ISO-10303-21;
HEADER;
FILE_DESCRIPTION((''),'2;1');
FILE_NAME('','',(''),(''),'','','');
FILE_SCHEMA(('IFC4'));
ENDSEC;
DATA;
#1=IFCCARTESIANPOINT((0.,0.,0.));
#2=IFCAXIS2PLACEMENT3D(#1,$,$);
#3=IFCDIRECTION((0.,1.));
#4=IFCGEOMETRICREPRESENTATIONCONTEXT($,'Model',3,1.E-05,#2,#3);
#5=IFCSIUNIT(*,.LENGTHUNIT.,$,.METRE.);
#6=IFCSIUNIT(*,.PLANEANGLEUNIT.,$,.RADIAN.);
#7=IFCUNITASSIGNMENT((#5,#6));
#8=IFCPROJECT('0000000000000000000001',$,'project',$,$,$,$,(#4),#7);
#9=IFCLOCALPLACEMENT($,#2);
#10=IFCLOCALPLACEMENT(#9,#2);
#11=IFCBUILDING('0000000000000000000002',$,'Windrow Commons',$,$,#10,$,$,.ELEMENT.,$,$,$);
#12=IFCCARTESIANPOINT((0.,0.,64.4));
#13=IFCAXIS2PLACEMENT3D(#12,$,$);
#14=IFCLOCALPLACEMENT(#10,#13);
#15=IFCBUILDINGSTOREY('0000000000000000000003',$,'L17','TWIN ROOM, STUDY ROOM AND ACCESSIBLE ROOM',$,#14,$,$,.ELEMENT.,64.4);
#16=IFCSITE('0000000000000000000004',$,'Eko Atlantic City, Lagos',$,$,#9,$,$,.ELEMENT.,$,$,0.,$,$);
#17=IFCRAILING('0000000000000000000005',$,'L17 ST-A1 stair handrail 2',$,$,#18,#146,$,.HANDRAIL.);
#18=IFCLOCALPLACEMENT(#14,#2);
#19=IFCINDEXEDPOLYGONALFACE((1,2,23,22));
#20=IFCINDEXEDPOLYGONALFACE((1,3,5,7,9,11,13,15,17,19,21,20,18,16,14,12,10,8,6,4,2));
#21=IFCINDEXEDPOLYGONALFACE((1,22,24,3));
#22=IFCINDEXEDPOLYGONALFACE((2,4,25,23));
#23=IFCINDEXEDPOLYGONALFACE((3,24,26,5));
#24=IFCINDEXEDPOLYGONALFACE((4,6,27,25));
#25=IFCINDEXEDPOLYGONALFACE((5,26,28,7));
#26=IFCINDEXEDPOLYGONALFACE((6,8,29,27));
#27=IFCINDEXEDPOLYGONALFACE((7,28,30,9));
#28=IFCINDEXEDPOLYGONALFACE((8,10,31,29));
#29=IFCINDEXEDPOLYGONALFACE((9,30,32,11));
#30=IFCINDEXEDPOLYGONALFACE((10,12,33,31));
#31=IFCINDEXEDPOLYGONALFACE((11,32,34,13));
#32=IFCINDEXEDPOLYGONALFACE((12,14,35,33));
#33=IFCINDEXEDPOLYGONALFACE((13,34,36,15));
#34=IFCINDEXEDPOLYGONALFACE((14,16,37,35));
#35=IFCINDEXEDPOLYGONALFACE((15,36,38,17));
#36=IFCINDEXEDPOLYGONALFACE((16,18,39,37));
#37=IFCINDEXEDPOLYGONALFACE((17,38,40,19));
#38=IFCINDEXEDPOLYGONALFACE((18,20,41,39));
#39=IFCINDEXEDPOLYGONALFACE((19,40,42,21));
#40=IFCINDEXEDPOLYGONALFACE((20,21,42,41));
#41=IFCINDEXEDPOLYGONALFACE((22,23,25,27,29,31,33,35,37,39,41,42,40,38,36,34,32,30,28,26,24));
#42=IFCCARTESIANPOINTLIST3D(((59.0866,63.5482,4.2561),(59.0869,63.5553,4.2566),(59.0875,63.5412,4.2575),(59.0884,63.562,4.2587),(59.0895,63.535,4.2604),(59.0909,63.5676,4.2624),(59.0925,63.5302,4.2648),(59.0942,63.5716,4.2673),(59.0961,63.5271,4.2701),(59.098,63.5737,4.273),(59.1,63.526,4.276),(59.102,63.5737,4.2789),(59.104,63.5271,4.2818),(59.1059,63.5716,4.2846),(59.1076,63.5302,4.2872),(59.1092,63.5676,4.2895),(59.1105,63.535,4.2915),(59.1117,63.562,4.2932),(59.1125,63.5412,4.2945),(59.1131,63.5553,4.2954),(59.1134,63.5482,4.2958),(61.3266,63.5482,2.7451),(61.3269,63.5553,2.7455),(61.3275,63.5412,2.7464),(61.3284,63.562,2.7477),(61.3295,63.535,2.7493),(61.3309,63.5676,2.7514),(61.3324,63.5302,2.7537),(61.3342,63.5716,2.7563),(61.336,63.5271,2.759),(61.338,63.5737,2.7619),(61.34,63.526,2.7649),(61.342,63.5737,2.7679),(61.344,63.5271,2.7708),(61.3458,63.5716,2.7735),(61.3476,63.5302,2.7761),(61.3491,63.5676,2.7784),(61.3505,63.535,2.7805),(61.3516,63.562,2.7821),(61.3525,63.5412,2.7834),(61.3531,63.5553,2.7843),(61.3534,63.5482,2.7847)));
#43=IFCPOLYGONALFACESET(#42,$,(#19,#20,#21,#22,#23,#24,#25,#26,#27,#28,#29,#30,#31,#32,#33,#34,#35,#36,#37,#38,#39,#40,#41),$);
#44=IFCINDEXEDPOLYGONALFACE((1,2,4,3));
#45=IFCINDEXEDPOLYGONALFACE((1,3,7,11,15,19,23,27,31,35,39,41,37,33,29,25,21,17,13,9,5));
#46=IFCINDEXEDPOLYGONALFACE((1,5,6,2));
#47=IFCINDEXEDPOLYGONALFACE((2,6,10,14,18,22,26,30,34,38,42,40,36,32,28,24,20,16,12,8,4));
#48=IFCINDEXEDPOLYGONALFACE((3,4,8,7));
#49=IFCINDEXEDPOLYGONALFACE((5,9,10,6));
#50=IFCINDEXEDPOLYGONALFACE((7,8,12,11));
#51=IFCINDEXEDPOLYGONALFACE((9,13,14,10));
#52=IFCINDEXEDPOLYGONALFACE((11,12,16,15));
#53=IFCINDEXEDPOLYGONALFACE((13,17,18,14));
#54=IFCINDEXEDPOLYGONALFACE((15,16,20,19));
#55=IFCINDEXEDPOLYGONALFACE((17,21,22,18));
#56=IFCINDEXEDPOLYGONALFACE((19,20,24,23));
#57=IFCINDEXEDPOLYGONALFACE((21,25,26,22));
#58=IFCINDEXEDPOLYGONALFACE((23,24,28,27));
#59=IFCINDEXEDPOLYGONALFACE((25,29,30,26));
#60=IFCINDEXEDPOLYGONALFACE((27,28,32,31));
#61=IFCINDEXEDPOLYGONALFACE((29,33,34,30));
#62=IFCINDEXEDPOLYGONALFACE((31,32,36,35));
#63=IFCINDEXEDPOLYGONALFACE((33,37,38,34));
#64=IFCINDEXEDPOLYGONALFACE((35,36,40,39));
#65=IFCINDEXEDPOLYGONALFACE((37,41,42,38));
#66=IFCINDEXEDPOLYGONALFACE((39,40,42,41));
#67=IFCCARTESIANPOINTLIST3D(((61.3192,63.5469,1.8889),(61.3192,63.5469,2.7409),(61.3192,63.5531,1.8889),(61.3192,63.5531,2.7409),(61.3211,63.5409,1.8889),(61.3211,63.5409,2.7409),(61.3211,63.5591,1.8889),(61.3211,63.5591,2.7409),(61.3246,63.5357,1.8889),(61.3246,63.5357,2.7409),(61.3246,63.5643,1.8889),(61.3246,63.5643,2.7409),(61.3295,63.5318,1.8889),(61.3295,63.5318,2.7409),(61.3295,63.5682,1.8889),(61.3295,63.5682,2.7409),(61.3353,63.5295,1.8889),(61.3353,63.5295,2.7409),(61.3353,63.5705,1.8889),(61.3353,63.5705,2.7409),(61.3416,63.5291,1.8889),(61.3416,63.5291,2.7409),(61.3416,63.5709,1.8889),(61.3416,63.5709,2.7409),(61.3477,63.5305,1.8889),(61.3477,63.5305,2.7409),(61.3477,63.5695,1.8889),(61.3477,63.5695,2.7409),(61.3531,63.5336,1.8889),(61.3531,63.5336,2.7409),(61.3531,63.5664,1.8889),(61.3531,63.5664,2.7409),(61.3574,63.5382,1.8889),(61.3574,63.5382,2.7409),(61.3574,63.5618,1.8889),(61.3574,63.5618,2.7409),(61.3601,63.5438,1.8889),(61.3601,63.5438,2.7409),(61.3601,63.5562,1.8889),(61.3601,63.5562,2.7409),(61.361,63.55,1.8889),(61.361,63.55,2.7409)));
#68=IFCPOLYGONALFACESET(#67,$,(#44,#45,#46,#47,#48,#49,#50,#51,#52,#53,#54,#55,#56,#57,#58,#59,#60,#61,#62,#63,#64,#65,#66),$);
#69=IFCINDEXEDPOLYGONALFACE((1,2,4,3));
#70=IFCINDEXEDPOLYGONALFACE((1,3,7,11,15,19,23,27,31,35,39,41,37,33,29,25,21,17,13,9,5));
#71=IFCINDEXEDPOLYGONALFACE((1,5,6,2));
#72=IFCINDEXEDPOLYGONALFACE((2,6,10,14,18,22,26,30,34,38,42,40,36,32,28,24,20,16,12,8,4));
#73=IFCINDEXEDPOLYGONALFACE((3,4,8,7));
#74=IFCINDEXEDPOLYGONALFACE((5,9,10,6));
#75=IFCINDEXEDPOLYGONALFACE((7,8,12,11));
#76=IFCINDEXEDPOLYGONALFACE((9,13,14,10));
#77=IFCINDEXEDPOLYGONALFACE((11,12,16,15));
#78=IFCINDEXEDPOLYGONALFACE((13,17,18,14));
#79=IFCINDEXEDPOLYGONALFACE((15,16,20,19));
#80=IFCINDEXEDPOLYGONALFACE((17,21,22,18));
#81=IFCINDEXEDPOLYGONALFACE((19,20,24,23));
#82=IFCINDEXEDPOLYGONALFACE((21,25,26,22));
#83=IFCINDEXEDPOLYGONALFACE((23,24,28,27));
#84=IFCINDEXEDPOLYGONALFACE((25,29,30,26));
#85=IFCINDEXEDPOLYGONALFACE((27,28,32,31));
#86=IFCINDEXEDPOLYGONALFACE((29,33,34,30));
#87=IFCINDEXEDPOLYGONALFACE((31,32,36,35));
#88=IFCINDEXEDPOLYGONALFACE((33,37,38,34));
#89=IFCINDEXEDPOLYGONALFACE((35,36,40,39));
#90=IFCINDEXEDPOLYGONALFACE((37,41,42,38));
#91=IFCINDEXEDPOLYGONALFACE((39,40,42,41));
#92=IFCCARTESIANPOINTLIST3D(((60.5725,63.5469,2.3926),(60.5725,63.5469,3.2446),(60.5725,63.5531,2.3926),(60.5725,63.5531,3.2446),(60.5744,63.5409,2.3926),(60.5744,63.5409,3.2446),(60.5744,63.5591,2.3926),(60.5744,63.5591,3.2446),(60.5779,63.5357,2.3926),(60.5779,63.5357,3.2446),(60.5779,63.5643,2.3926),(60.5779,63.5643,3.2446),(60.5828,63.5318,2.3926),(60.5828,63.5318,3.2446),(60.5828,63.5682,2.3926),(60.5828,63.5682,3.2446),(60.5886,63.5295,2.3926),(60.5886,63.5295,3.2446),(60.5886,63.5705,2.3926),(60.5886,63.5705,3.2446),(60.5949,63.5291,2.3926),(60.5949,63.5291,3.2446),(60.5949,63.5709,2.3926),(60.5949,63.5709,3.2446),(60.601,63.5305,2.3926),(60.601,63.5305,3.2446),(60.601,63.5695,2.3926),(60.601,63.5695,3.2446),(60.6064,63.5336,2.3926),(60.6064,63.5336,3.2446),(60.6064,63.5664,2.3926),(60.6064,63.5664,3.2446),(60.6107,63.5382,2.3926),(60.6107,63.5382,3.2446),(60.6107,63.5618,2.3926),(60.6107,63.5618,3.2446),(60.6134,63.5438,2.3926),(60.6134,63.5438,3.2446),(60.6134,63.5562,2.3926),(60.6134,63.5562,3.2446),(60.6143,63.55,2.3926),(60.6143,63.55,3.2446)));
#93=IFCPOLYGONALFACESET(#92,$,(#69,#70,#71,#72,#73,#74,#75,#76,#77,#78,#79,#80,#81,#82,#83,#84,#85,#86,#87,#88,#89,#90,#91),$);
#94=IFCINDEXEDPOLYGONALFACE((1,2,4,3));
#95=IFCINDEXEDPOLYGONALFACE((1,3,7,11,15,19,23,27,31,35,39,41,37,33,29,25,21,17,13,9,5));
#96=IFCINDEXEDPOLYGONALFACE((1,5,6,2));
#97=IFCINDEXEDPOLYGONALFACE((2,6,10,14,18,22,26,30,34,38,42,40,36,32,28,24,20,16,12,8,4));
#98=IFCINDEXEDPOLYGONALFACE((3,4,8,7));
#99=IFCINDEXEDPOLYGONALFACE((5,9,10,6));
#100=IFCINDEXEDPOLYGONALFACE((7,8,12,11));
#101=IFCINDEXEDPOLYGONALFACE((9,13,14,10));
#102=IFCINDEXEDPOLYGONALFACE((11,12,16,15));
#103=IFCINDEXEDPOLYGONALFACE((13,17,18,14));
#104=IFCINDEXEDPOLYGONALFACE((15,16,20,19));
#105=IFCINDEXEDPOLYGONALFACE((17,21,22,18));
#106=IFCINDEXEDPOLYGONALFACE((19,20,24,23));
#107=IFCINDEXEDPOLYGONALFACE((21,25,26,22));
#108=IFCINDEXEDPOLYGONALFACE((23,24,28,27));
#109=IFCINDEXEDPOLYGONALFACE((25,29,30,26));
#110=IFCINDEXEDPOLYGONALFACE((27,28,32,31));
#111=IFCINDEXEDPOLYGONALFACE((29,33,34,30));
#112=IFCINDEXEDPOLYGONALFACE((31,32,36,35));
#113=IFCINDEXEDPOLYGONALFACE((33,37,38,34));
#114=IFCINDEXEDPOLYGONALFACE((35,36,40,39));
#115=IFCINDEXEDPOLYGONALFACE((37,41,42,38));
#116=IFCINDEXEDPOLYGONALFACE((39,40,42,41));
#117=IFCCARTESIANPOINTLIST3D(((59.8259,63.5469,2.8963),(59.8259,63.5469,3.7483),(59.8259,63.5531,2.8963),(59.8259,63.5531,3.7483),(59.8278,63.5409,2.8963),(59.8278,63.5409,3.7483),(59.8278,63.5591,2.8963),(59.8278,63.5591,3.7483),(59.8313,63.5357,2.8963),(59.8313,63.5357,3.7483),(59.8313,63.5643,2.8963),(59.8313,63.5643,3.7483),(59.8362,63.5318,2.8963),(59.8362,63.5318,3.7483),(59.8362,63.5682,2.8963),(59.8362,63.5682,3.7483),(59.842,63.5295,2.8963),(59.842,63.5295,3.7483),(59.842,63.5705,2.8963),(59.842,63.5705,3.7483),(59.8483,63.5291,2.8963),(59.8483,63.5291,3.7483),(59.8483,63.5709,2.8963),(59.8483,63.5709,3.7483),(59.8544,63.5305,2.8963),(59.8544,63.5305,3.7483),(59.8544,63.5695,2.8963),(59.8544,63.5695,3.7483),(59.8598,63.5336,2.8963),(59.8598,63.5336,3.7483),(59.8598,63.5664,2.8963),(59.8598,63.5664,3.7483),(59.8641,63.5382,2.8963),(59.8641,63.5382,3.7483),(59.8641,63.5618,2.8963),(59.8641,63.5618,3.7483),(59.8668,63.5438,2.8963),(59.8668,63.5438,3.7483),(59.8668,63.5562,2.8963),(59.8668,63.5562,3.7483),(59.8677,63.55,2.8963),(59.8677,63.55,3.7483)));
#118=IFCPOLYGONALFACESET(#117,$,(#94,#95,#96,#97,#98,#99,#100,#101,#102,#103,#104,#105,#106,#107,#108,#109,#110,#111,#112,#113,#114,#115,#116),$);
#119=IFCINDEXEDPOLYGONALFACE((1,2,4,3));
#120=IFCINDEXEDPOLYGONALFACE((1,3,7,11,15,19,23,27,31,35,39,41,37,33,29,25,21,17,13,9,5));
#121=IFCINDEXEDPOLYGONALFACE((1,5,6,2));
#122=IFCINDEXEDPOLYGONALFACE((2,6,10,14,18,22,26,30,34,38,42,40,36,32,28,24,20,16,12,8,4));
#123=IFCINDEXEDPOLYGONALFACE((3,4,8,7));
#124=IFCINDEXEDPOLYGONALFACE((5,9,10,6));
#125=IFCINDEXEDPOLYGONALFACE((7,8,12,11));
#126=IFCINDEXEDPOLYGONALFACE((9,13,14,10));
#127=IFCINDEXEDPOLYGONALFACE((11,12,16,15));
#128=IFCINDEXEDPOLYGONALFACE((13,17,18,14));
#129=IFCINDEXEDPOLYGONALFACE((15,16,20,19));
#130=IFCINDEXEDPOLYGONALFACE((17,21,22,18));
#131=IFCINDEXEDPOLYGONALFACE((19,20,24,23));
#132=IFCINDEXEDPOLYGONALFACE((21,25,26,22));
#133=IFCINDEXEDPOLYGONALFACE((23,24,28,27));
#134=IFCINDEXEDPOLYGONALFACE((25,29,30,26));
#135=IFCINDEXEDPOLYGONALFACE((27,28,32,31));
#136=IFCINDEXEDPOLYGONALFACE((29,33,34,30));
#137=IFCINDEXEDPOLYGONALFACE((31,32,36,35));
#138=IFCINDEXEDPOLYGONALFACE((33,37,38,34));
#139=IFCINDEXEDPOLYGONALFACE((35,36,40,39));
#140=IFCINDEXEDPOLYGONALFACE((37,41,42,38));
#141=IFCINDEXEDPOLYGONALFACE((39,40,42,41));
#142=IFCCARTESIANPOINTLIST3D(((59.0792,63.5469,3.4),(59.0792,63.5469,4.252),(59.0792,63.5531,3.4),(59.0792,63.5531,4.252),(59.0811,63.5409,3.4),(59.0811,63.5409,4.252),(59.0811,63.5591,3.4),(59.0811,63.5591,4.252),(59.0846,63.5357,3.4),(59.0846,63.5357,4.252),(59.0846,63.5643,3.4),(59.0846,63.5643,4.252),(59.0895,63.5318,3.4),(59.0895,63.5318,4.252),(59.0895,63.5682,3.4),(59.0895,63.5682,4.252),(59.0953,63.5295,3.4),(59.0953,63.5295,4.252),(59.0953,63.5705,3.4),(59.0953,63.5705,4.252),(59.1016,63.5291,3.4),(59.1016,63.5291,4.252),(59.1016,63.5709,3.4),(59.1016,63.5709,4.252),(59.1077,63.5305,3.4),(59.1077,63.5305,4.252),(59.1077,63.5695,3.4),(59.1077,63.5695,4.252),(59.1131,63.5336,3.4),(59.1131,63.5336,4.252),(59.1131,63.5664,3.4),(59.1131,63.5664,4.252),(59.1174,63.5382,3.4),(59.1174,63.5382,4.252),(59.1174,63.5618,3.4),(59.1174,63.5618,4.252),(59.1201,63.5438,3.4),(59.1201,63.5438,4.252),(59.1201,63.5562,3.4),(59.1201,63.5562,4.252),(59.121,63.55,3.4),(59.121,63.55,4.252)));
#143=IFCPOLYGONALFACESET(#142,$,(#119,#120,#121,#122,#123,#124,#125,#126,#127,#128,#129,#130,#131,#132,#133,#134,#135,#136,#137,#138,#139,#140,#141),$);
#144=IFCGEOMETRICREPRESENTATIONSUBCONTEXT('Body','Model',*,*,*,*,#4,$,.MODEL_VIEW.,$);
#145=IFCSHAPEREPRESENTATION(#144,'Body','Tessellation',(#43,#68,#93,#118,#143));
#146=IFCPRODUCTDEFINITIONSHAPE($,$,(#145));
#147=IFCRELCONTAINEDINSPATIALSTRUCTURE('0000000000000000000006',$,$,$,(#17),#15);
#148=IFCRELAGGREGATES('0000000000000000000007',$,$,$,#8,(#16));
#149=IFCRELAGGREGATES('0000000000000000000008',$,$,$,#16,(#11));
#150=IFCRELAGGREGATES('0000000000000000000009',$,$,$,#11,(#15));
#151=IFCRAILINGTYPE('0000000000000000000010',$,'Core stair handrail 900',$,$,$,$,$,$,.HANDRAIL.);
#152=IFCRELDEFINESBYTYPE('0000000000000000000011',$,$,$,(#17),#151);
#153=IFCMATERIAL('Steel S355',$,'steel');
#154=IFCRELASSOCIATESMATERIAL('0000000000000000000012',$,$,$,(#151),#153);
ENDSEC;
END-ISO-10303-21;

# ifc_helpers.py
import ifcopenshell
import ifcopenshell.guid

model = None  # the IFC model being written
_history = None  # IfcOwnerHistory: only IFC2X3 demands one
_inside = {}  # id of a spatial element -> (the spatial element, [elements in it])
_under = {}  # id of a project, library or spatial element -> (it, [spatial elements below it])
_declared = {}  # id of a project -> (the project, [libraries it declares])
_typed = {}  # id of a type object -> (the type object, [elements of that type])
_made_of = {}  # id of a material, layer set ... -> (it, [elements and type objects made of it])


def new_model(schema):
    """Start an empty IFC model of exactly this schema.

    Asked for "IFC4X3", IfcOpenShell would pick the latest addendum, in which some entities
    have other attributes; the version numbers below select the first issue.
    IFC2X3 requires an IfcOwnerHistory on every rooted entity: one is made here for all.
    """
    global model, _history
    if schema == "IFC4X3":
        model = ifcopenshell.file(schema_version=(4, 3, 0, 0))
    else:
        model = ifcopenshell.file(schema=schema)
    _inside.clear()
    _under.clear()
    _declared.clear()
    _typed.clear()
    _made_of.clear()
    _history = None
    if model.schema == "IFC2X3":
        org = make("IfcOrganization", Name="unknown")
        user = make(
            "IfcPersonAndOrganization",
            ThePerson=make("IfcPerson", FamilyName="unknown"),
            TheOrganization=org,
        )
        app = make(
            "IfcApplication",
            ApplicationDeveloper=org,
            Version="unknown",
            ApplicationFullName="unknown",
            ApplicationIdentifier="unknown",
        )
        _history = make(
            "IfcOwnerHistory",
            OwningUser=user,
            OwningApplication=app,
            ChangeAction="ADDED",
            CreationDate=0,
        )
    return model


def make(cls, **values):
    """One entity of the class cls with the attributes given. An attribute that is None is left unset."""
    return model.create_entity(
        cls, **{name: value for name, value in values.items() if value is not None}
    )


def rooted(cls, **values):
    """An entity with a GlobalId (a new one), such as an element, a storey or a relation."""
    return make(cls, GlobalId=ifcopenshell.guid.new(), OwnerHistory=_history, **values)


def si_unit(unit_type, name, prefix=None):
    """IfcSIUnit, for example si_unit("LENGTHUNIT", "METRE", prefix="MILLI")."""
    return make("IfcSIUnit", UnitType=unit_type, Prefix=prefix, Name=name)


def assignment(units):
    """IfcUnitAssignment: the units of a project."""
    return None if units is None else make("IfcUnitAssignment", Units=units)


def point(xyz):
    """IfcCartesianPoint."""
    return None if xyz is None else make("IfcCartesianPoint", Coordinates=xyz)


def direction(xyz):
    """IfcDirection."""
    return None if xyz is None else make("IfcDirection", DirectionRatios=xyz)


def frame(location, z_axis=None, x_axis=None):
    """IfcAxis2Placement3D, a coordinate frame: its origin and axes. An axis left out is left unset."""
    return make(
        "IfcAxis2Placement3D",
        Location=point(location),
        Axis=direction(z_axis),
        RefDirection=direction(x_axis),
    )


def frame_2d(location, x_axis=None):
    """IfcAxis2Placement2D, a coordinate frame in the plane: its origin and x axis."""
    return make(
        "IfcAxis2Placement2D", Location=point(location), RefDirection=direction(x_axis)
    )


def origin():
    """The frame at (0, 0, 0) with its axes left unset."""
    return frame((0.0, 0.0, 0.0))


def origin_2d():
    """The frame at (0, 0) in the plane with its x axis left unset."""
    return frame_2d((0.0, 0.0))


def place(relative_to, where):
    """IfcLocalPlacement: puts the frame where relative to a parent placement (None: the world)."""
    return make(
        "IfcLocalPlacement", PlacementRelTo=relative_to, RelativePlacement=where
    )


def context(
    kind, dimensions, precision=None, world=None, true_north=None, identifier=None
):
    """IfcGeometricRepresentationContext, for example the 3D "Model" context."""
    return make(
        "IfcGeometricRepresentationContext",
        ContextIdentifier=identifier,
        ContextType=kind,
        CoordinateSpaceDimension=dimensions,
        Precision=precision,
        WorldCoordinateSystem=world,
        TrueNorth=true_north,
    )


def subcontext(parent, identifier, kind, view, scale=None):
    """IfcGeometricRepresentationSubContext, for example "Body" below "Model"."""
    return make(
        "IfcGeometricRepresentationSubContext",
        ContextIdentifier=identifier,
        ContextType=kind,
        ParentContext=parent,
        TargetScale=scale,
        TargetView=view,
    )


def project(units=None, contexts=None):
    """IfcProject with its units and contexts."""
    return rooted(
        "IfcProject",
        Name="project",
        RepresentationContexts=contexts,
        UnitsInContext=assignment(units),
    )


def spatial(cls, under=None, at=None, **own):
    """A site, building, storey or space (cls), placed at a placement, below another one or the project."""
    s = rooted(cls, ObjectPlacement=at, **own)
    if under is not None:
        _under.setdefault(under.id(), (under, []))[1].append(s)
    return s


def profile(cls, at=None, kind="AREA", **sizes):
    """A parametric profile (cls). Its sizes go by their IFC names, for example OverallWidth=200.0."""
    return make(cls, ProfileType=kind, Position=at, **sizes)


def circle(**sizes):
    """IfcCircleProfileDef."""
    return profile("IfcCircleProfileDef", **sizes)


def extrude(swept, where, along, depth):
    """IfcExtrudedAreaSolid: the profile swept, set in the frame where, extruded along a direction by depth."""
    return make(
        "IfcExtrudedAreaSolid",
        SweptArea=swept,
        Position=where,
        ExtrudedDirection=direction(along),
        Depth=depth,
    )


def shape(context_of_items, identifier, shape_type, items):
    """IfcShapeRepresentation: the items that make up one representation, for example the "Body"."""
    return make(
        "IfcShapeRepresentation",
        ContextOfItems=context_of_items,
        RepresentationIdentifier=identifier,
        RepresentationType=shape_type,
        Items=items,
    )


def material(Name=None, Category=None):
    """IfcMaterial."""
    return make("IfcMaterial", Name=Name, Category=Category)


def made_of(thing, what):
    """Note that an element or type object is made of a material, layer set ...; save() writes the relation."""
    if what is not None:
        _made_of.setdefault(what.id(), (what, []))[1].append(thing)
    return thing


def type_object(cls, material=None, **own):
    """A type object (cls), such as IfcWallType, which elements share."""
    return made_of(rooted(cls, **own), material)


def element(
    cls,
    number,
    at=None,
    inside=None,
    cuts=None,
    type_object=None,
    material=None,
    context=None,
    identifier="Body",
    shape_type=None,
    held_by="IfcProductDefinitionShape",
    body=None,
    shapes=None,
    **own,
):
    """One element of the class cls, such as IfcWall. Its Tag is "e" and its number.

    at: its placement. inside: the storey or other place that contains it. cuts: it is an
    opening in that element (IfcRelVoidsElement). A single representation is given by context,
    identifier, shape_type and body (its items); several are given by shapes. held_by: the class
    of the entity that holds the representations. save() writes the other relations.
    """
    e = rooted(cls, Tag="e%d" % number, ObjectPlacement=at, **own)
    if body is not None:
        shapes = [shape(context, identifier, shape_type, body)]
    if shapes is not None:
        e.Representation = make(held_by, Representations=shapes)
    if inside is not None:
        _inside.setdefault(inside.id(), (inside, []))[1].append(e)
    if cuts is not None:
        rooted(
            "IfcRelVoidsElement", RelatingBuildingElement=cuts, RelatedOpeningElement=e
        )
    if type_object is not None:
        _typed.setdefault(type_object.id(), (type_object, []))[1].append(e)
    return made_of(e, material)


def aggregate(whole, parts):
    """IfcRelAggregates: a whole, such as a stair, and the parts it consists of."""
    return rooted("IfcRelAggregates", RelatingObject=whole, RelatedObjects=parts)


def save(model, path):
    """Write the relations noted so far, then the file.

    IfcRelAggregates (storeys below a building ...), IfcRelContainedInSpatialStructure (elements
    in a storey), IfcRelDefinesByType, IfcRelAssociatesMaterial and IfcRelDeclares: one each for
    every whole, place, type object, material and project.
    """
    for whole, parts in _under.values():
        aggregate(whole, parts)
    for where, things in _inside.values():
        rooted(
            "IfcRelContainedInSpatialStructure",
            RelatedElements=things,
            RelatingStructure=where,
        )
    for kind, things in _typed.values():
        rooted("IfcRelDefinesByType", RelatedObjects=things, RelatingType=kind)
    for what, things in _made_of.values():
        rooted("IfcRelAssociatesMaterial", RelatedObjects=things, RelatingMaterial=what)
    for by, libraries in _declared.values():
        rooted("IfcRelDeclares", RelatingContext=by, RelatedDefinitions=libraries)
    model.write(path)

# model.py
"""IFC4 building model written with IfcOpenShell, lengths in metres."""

from ifc_helpers import new_model, si_unit, direction, frame, origin, origin_2d, place, context, subcontext, project, spatial, circle, extrude, material, type_object, element, save


model = new_model("IFC4")

# Units and contexts
model_context = context("Model", 3, precision=1e-05, world=origin(), true_north=direction((0.0, 1.0)))
body_context = subcontext(model_context, "Body", "Model", "MODEL_VIEW")
ifc_project = project(units=[si_unit("LENGTHUNIT", "METRE"), si_unit("PLANEANGLEUNIT", "RADIAN")], contexts=[model_context])

# Site, building, storey
site_placement = place(None, origin())
site = spatial("IfcSite", under=ifc_project, at=site_placement, Name="Eko Atlantic City, Lagos", CompositionType="ELEMENT", RefElevation=0.0)
building_placement = place(site_placement, origin())
building = spatial("IfcBuilding", under=site, at=building_placement, Name="Windrow Commons", CompositionType="ELEMENT")
storey_placement = place(building_placement, frame((0.0, 0.0, 64.4)))
storey = spatial("IfcBuildingStorey", under=building, at=storey_placement, Name="L17", Description="TWIN ROOM, STUDY ROOM AND ACCESSIBLE ROOM", CompositionType="ELEMENT", Elevation=64.4)

# Railing
ifc_material_1 = material(Name="Steel S355", Category="steel")
railing_type_1 = type_object("IfcRailingType", Name="Core stair handrail 900", PredefinedType="HANDRAIL", material=ifc_material_1)
for number, where, name in (
    (1, (61.34, 63.55, 1.8889), "L17 ST-A1 stair handrail 2"),
):
    element("IfcRailing", number, at=place(storey_placement, frame(where)), inside=storey, type_object=railing_type_1, Name=name, PredefinedType="HANDRAIL", context=body_context, shape_type="SweptSolid", body=[
        extrude(circle(Radius=0.024, at=origin_2d()), frame((0.0, 0.0, 0.876), z_axis=(-0.829003, 0.0, 0.559244), x_axis=(0.0, -1.0, 0.0)), (0.0, 0.0, 1.0), 2.702),
        extrude(circle(Radius=0.021, at=origin_2d()), origin(), (0.0, 0.0, 1.0), 0.852),
        extrude(circle(Radius=0.021, at=origin_2d()), frame((-0.7467, 0.0, 0.5037)), (0.0, 0.0, 1.0), 0.852),
        extrude(circle(Radius=0.021, at=origin_2d()), frame((-1.4933, 0.0, 1.0074)), (0.0, 0.0, 1.0), 0.852),
        extrude(circle(Radius=0.021, at=origin_2d()), frame((-2.24, 0.0, 1.5111)), (0.0, 0.0, 1.0), 0.852),
    ])

save(model, "model.ifc")
